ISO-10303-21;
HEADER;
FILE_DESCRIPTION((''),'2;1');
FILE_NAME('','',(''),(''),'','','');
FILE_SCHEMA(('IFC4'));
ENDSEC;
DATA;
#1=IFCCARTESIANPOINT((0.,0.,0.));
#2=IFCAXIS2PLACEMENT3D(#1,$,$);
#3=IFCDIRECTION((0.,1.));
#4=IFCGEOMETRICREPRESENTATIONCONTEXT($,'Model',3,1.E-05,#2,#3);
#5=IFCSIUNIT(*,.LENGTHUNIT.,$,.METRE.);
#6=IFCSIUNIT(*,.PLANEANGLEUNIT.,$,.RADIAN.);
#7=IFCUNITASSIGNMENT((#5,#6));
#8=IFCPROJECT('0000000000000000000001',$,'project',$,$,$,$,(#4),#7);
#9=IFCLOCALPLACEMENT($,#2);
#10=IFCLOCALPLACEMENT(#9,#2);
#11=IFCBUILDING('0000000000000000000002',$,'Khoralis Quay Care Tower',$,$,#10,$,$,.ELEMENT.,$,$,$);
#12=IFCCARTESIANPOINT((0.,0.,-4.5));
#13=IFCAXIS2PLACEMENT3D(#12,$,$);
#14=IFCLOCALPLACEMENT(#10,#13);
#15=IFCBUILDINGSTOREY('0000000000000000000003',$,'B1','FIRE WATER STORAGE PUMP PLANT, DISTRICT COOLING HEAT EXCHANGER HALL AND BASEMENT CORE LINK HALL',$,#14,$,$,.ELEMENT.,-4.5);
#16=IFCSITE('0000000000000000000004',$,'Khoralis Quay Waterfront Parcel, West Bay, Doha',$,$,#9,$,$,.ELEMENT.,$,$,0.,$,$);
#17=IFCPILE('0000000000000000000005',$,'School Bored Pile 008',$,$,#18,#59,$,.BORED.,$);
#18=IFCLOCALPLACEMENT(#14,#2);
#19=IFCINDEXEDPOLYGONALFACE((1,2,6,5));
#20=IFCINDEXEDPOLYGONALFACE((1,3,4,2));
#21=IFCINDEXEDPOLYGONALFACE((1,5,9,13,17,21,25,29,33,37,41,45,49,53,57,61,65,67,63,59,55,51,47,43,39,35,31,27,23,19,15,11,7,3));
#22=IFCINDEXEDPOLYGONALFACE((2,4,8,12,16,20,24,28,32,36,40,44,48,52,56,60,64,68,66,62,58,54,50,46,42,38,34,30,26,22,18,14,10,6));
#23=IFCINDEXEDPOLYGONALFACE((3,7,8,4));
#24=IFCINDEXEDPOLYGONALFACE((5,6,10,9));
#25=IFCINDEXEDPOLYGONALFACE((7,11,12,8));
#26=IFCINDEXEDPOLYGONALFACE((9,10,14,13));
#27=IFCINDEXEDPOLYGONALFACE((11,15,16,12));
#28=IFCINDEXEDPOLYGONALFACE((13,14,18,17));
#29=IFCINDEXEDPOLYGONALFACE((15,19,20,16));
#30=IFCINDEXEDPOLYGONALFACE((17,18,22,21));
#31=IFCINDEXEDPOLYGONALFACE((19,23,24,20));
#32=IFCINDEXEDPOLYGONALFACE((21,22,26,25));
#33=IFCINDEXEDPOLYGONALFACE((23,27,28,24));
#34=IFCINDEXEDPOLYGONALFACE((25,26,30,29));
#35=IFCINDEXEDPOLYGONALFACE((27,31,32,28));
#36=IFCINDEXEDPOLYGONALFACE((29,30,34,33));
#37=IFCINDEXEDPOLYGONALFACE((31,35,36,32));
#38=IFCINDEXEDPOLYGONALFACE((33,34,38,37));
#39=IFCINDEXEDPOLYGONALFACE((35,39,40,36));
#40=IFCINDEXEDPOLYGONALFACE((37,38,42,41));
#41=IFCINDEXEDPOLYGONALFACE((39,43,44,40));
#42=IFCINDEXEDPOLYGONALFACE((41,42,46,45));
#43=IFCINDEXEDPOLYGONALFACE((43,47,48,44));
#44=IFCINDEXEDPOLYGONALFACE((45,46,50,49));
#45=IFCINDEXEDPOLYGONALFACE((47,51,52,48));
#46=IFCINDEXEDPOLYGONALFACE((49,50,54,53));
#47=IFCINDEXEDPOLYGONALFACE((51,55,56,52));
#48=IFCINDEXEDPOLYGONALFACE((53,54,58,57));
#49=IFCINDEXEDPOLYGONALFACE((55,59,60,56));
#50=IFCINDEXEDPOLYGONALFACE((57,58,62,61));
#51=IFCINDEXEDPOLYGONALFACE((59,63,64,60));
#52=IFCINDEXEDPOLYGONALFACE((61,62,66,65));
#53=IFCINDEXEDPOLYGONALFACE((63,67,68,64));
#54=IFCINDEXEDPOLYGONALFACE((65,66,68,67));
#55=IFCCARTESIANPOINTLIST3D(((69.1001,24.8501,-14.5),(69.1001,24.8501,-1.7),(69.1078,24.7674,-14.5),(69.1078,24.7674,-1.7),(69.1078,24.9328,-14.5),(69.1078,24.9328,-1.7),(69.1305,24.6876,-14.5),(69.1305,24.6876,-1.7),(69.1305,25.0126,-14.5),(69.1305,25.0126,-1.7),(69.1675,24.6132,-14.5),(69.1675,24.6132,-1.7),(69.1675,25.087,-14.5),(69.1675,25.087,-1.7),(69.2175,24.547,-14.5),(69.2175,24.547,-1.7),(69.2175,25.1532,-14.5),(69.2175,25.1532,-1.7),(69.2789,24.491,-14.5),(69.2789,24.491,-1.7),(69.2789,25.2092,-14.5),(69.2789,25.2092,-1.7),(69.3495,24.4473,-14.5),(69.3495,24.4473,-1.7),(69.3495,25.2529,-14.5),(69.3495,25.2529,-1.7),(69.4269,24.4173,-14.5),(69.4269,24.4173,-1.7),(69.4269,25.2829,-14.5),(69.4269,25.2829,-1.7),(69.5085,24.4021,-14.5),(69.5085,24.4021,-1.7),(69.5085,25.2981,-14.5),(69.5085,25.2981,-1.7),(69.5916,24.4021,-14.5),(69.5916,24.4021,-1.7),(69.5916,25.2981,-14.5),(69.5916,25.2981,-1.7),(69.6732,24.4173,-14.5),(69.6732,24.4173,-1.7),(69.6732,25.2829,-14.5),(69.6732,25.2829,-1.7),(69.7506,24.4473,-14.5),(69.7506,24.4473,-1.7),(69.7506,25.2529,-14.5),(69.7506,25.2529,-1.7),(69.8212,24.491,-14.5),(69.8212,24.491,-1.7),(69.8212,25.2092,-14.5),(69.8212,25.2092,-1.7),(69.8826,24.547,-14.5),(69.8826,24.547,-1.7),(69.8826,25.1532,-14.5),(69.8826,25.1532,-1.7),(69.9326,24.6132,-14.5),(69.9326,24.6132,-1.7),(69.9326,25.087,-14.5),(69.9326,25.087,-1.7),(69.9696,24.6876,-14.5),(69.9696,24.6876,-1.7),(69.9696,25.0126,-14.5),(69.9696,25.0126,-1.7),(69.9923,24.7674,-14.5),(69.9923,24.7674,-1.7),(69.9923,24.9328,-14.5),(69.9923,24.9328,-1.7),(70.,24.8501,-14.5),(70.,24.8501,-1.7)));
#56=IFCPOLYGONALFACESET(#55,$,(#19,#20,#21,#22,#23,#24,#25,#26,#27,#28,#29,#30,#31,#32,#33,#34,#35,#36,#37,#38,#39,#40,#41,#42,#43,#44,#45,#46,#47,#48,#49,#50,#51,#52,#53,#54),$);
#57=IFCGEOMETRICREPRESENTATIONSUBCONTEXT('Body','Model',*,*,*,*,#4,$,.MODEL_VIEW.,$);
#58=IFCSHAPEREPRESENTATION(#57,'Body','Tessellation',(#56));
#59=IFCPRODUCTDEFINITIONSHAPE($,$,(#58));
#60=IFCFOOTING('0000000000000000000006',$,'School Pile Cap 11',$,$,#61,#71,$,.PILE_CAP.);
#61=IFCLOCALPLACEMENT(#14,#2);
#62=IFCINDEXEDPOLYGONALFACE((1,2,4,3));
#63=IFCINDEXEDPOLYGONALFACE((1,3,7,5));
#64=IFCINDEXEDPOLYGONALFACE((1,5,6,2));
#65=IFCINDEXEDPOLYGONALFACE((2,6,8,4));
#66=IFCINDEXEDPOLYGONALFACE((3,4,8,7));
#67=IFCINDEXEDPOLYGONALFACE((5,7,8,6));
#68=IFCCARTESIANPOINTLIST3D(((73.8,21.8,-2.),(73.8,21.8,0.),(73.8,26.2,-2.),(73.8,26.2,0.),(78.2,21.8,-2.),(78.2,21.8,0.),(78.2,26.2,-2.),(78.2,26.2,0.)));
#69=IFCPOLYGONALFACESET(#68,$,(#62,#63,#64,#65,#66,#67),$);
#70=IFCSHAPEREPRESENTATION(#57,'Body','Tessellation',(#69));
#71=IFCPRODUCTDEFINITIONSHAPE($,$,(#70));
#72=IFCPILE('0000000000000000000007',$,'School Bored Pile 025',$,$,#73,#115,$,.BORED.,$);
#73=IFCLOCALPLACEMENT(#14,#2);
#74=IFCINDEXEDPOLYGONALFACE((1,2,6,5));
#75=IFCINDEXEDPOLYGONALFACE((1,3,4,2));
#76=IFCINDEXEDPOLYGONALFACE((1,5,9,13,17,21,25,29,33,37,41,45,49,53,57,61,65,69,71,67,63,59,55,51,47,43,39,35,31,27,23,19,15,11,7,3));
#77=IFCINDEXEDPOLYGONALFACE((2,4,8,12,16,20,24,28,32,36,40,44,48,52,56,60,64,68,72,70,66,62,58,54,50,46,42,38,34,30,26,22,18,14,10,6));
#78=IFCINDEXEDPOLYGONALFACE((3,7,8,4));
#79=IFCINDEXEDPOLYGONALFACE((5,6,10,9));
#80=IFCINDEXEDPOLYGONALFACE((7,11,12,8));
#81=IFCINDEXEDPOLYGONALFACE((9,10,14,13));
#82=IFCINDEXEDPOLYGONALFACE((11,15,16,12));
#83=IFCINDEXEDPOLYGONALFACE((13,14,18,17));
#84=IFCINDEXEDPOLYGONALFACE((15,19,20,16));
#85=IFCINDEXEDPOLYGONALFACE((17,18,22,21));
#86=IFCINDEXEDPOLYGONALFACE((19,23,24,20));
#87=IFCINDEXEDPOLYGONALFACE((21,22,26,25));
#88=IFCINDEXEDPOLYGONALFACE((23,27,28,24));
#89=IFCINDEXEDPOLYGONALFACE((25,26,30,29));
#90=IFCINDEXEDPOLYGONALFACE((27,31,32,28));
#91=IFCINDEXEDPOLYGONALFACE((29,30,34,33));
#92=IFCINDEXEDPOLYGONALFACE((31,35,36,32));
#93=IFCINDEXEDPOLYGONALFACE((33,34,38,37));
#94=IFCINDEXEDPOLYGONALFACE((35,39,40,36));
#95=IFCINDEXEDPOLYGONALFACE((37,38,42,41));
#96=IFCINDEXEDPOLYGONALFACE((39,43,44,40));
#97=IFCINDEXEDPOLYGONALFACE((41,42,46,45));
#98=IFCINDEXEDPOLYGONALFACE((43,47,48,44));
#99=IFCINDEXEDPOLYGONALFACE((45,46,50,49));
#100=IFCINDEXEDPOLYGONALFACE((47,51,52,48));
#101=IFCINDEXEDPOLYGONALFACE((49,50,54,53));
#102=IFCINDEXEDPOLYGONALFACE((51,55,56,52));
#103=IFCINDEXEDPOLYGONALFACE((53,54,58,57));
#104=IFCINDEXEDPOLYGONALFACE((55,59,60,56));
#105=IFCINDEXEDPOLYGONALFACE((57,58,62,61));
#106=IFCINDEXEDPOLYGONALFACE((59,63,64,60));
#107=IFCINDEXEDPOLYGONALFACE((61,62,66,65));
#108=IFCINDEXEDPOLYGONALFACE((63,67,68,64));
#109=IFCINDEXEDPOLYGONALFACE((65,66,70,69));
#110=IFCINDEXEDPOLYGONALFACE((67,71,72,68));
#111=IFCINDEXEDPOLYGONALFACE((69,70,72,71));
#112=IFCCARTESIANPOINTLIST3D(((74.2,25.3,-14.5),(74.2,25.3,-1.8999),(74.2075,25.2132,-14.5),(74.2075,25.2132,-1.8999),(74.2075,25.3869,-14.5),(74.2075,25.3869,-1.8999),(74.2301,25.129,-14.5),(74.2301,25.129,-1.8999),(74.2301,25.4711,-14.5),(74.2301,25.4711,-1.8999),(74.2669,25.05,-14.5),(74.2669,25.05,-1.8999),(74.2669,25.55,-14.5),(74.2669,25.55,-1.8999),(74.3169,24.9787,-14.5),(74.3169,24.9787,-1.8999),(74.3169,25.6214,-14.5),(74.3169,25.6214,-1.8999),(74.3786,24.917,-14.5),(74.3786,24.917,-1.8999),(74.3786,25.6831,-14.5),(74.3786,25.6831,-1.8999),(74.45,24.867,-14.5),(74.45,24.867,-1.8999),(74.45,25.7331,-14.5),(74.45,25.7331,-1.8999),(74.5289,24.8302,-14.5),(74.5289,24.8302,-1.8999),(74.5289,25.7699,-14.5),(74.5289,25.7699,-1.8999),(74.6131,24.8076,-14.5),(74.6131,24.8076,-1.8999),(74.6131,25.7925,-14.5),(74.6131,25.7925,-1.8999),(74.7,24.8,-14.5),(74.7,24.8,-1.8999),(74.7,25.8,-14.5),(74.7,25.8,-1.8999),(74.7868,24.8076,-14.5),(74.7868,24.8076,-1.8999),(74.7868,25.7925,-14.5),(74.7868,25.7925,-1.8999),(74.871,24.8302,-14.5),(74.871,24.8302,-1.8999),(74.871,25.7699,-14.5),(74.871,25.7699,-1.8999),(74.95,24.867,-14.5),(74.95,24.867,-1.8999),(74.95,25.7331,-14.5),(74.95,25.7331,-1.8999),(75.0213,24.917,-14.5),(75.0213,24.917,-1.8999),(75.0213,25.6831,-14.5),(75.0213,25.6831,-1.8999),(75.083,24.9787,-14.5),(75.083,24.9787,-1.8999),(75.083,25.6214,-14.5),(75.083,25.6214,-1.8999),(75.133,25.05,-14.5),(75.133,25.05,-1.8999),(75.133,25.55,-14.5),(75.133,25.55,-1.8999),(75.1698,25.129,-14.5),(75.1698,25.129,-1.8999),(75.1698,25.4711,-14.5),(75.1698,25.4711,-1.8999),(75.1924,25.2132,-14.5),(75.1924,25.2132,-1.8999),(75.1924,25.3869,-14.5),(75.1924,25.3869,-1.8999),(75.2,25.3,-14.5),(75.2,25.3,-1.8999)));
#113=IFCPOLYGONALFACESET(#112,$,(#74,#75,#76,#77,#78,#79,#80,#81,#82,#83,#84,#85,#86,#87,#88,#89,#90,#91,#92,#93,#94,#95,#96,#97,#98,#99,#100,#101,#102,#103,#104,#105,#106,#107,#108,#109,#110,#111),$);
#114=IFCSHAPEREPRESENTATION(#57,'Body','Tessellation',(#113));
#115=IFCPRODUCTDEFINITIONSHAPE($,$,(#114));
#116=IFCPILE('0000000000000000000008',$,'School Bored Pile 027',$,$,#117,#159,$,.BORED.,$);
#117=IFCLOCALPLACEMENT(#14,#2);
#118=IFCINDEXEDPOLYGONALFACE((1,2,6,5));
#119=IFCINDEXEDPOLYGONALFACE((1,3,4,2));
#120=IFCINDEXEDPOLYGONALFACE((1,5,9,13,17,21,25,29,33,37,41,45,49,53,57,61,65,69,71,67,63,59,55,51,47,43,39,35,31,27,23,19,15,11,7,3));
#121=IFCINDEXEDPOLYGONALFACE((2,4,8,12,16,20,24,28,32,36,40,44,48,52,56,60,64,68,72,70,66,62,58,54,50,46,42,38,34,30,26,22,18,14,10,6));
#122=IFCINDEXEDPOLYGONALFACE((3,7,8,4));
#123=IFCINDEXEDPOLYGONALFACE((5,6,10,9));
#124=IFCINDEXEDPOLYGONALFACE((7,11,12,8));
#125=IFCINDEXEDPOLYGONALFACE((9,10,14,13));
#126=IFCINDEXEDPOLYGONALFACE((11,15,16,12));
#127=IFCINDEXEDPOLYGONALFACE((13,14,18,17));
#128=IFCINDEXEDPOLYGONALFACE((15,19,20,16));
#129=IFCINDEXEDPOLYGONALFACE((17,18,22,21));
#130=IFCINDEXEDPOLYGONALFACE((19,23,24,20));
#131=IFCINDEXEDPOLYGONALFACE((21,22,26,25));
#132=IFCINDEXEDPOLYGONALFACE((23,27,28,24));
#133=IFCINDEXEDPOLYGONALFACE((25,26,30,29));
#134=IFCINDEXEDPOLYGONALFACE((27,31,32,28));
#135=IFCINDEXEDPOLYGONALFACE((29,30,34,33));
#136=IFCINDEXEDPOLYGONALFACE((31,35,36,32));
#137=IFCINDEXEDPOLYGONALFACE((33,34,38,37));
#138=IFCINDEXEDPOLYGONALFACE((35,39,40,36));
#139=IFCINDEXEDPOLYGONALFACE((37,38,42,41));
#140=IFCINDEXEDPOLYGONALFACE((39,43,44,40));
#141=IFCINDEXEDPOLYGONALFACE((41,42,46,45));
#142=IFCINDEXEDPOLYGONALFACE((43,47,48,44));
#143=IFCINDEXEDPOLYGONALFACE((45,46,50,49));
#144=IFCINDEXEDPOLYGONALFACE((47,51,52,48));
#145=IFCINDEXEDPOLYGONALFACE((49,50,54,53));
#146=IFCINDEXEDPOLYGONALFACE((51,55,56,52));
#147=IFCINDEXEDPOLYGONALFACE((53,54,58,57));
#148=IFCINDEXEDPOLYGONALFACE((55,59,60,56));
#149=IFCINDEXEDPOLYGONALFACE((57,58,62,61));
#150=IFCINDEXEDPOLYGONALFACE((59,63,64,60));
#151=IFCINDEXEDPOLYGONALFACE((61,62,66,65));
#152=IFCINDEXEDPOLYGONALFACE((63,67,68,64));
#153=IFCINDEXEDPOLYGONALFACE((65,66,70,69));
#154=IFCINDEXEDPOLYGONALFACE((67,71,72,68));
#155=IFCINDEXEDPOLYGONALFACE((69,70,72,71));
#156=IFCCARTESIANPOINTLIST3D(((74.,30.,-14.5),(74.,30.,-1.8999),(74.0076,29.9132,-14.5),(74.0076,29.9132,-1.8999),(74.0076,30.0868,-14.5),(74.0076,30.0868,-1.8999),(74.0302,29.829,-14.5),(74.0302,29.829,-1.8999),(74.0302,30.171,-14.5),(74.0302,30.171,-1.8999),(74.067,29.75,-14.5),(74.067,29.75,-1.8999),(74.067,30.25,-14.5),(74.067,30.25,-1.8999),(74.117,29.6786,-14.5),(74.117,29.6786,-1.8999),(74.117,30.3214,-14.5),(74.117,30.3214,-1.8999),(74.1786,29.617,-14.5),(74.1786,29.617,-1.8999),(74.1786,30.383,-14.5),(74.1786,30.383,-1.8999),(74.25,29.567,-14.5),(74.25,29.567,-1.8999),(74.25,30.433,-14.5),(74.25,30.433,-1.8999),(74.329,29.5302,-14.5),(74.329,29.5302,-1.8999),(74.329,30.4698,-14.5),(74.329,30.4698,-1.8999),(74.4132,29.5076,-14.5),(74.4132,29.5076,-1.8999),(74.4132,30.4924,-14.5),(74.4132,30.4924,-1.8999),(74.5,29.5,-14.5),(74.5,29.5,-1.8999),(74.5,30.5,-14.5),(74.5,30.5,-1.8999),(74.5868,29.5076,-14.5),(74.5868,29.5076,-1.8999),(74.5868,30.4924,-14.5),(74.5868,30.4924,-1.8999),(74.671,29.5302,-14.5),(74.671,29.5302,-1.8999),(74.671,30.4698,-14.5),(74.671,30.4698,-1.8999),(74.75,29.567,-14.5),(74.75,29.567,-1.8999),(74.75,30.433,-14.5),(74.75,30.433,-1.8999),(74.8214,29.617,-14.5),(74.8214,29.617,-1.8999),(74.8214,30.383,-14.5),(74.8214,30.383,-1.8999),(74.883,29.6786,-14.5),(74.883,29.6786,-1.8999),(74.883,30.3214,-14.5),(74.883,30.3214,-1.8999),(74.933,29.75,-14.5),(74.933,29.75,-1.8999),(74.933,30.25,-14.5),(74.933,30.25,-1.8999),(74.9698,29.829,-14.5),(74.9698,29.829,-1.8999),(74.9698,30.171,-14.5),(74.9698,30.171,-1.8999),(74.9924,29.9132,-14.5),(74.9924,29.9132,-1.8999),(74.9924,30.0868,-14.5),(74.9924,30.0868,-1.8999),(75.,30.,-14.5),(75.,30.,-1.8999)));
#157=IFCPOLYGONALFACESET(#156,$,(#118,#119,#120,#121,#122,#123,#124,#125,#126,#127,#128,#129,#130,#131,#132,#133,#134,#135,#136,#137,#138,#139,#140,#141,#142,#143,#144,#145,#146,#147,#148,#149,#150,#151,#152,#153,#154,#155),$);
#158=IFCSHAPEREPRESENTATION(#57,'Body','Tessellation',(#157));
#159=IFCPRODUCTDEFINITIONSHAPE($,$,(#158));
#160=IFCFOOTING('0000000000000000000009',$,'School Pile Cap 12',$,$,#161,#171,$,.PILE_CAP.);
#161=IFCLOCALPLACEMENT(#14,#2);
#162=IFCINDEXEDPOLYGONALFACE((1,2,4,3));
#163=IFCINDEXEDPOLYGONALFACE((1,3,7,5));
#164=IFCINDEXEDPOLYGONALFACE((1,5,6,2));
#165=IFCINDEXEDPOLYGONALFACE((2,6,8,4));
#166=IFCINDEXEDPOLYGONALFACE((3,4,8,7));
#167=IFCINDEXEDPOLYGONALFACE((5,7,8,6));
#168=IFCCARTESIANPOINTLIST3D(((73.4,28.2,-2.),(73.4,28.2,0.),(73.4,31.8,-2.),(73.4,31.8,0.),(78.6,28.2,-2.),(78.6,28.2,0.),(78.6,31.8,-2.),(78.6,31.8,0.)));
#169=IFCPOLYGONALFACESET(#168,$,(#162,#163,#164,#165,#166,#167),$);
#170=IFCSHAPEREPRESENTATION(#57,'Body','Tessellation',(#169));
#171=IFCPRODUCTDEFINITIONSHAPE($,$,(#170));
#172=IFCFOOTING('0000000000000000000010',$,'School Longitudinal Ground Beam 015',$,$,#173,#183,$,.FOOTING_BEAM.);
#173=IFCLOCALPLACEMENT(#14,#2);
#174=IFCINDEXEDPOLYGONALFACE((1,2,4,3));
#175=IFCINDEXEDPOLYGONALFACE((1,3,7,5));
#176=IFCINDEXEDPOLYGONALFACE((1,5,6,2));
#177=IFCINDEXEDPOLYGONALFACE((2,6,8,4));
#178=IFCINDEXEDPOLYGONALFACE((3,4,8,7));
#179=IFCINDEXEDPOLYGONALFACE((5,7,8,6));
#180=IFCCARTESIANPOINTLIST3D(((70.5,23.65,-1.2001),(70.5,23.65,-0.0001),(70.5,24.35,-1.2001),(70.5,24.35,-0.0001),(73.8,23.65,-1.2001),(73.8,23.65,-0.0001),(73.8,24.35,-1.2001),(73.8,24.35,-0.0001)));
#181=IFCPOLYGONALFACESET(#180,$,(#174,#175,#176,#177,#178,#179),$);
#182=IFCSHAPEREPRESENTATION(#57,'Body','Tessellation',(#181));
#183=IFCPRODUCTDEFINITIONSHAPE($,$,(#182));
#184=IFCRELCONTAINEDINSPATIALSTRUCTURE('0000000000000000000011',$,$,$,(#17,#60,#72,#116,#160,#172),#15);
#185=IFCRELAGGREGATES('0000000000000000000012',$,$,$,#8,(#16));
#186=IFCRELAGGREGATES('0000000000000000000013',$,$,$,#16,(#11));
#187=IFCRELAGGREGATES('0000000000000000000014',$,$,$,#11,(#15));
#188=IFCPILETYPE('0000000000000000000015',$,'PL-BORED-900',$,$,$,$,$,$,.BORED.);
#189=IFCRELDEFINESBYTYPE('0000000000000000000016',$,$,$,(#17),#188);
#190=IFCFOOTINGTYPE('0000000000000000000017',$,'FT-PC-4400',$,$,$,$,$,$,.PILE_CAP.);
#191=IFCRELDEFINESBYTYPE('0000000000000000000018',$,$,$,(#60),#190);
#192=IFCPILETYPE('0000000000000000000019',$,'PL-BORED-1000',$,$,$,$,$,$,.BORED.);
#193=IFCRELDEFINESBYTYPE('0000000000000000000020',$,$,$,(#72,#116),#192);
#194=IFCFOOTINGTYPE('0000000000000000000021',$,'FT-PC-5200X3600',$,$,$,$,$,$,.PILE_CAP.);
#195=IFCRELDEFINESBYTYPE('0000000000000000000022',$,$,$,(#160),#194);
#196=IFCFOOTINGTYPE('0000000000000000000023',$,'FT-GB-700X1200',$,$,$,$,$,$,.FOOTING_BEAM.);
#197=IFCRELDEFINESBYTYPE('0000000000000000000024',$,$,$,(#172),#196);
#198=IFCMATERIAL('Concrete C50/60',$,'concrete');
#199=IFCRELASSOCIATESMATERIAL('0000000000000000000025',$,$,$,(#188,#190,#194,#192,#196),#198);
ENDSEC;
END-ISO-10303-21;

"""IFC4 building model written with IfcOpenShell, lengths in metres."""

from ifc_helpers import new_model, si_unit, direction, frame, origin, origin_2d, place, context, subcontext, project, spatial, rectangle, circle, extrude, source, transform, mapped, material, material_profile, profile_set, type_object, element, save


model = new_model("IFC4")

# Units and contexts
model_context = context("Model", 3, precision=1e-05, world=origin(), true_north=direction((0.0, 1.0)))
body_context = subcontext(model_context, "Body", "Model", "MODEL_VIEW")
ifc_project = project(units=[si_unit("LENGTHUNIT", "METRE"), si_unit("PLANEANGLEUNIT", "RADIAN")], contexts=[model_context])

# Site, building, storey
site_placement = place(None, origin())
site = spatial("IfcSite", under=ifc_project, at=site_placement, Name="Khoralis Quay Waterfront Parcel, West Bay, Doha", CompositionType="ELEMENT", RefElevation=0.0)
building_placement = place(site_placement, origin())
building = spatial("IfcBuilding", under=site, at=building_placement, Name="Khoralis Quay Care Tower", CompositionType="ELEMENT")
storey_placement = place(building_placement, frame((0.0, 0.0, -4.5)))
storey = spatial("IfcBuildingStorey", under=building, at=storey_placement, Name="B1", Description="FIRE WATER STORAGE PUMP PLANT, DISTRICT COOLING HEAT EXCHANGER HALL AND BASEMENT CORE LINK HALL", CompositionType="ELEMENT", Elevation=-4.5)

# Pile
ifc_material_1 = material(Name="Concrete C50/60", Category="concrete")
ifc_material_profile_1 = material_profile(ifc_material_1, circle(Radius=0.45, at=origin_2d()), Name="Concrete C50/60")
ifc_profile_set_1 = profile_set([ifc_material_profile_1], Name="Concrete C50/60")
pile_type_1 = type_object("IfcPileType", Name="PL-BORED-900", PredefinedType="BORED", material=ifc_profile_set_1)
shared_shape_1 = source(origin(), body_context, "Body", "SweptSolid", [
    extrude(circle(Radius=0.45, at=origin_2d()), origin(), (0.0, 0.0, 1.0), 12.8),
])
pile_placement = place(storey_placement, frame((69.55, 24.8501, -1.7), z_axis=(0.0, 0.0, -1.0), x_axis=(1.0, 0.0, 0.0)))
element("IfcPile", 1, at=pile_placement, inside=storey, type_object=pile_type_1, Name="School Bored Pile 008", PredefinedType="BORED", context=body_context, shape_type="MappedRepresentation", body=[
    mapped(shared_shape_1, transform((0.0, 0.0, 0.0), scale=1.0)),
])

# Footing
footing_type_1 = type_object("IfcFootingType", Name="FT-PC-4400", PredefinedType="PILE_CAP", material=ifc_material_1)
shared_shape_2 = source(origin(), body_context, "Body", "SweptSolid", [
    extrude(rectangle(XDim=4.3999, YDim=4.3999, at=origin_2d()), origin(), (0.0, 0.0, 1.0), 2.0),
])
footing_1_placement = place(storey_placement, frame((76.0, 24.0, -2.0), z_axis=(0.0, 0.0, 1.0), x_axis=(1.0, 0.0, 0.0)))
element("IfcFooting", 2, at=footing_1_placement, inside=storey, type_object=footing_type_1, Name="School Pile Cap 11", PredefinedType="PILE_CAP", context=body_context, shape_type="MappedRepresentation", body=[
    mapped(shared_shape_2, transform((0.0, 0.0, 0.0), scale=1.0)),
])

# Piles
ifc_material_profile_2 = material_profile(ifc_material_1, circle(Radius=0.5, at=origin_2d()), Name="Concrete C50/60")
ifc_profile_set_2 = profile_set([ifc_material_profile_2], Name="Concrete C50/60")
pile_type_2 = type_object("IfcPileType", Name="PL-BORED-1000", PredefinedType="BORED", material=ifc_profile_set_2)
shared_shape_3 = source(origin(), body_context, "Body", "SweptSolid", [
    extrude(circle(Radius=0.5, at=origin_2d()), origin(), (0.0, 0.0, 1.0), 12.6001),
])
for number, where, z_axis, x_axis, name in (
    (3, (74.7, 25.3, -1.8999), (0.0, 0.0, -1.0), (1.0, 0.0, 0.0), "School Bored Pile 025"),
    (4, (74.5, 30.0, -1.8999), (0.0, 0.0, -1.0), (1.0, 0.0, 0.0), "School Bored Pile 027"),
):
    element("IfcPile", number, at=place(storey_placement, frame(where, z_axis=z_axis, x_axis=x_axis)), inside=storey, type_object=pile_type_2, Name=name, PredefinedType="BORED", context=body_context, shape_type="MappedRepresentation", body=[
        mapped(shared_shape_3, transform((0.0, 0.0, 0.0), scale=1.0)),
    ])

# Footings
footing_type_2 = type_object("IfcFootingType", Name="FT-PC-5200X3600", PredefinedType="PILE_CAP", material=ifc_material_1)
shared_shape_4 = source(origin(), body_context, "Body", "SweptSolid", [
    extrude(rectangle(XDim=5.2, YDim=3.6001, at=origin_2d()), origin(), (0.0, 0.0, 1.0), 2.0),
])
footing_2_placement = place(storey_placement, frame((76.0, 30.0, -2.0), z_axis=(0.0, 0.0, 1.0), x_axis=(1.0, 0.0, 0.0)))
element("IfcFooting", 5, at=footing_2_placement, inside=storey, type_object=footing_type_2, Name="School Pile Cap 12", PredefinedType="PILE_CAP", context=body_context, shape_type="MappedRepresentation", body=[
    mapped(shared_shape_4, transform((0.0, 0.0, 0.0), scale=1.0)),
])
ifc_material_profile_3 = material_profile(ifc_material_1, rectangle(XDim=0.7, YDim=1.2, at=origin_2d()), Name="Concrete C50/60")
ifc_profile_set_3 = profile_set([ifc_material_profile_3], Name="Concrete C50/60")
footing_type_3 = type_object("IfcFootingType", Name="FT-GB-700X1200", PredefinedType="FOOTING_BEAM", material=ifc_profile_set_3)
shared_shape_5 = source(origin(), body_context, "Body", "SweptSolid", [
    extrude(rectangle(XDim=0.7, YDim=1.2, at=origin_2d()), origin(), (0.0, 0.0, 1.0), 3.3),
])
footing_3_placement = place(storey_placement, frame((70.5, 24.0, -0.6001), z_axis=(1.0, 0.0, 0.0), x_axis=(0.0, 1.0, 0.0)))
element("IfcFooting", 6, at=footing_3_placement, inside=storey, type_object=footing_type_3, Name="School Longitudinal Ground Beam 015", PredefinedType="FOOTING_BEAM", context=body_context, shape_type="MappedRepresentation", body=[
    mapped(shared_shape_5, transform((0.0, 0.0, 0.0), scale=1.0)),
])

save(model, "model.ifc")
